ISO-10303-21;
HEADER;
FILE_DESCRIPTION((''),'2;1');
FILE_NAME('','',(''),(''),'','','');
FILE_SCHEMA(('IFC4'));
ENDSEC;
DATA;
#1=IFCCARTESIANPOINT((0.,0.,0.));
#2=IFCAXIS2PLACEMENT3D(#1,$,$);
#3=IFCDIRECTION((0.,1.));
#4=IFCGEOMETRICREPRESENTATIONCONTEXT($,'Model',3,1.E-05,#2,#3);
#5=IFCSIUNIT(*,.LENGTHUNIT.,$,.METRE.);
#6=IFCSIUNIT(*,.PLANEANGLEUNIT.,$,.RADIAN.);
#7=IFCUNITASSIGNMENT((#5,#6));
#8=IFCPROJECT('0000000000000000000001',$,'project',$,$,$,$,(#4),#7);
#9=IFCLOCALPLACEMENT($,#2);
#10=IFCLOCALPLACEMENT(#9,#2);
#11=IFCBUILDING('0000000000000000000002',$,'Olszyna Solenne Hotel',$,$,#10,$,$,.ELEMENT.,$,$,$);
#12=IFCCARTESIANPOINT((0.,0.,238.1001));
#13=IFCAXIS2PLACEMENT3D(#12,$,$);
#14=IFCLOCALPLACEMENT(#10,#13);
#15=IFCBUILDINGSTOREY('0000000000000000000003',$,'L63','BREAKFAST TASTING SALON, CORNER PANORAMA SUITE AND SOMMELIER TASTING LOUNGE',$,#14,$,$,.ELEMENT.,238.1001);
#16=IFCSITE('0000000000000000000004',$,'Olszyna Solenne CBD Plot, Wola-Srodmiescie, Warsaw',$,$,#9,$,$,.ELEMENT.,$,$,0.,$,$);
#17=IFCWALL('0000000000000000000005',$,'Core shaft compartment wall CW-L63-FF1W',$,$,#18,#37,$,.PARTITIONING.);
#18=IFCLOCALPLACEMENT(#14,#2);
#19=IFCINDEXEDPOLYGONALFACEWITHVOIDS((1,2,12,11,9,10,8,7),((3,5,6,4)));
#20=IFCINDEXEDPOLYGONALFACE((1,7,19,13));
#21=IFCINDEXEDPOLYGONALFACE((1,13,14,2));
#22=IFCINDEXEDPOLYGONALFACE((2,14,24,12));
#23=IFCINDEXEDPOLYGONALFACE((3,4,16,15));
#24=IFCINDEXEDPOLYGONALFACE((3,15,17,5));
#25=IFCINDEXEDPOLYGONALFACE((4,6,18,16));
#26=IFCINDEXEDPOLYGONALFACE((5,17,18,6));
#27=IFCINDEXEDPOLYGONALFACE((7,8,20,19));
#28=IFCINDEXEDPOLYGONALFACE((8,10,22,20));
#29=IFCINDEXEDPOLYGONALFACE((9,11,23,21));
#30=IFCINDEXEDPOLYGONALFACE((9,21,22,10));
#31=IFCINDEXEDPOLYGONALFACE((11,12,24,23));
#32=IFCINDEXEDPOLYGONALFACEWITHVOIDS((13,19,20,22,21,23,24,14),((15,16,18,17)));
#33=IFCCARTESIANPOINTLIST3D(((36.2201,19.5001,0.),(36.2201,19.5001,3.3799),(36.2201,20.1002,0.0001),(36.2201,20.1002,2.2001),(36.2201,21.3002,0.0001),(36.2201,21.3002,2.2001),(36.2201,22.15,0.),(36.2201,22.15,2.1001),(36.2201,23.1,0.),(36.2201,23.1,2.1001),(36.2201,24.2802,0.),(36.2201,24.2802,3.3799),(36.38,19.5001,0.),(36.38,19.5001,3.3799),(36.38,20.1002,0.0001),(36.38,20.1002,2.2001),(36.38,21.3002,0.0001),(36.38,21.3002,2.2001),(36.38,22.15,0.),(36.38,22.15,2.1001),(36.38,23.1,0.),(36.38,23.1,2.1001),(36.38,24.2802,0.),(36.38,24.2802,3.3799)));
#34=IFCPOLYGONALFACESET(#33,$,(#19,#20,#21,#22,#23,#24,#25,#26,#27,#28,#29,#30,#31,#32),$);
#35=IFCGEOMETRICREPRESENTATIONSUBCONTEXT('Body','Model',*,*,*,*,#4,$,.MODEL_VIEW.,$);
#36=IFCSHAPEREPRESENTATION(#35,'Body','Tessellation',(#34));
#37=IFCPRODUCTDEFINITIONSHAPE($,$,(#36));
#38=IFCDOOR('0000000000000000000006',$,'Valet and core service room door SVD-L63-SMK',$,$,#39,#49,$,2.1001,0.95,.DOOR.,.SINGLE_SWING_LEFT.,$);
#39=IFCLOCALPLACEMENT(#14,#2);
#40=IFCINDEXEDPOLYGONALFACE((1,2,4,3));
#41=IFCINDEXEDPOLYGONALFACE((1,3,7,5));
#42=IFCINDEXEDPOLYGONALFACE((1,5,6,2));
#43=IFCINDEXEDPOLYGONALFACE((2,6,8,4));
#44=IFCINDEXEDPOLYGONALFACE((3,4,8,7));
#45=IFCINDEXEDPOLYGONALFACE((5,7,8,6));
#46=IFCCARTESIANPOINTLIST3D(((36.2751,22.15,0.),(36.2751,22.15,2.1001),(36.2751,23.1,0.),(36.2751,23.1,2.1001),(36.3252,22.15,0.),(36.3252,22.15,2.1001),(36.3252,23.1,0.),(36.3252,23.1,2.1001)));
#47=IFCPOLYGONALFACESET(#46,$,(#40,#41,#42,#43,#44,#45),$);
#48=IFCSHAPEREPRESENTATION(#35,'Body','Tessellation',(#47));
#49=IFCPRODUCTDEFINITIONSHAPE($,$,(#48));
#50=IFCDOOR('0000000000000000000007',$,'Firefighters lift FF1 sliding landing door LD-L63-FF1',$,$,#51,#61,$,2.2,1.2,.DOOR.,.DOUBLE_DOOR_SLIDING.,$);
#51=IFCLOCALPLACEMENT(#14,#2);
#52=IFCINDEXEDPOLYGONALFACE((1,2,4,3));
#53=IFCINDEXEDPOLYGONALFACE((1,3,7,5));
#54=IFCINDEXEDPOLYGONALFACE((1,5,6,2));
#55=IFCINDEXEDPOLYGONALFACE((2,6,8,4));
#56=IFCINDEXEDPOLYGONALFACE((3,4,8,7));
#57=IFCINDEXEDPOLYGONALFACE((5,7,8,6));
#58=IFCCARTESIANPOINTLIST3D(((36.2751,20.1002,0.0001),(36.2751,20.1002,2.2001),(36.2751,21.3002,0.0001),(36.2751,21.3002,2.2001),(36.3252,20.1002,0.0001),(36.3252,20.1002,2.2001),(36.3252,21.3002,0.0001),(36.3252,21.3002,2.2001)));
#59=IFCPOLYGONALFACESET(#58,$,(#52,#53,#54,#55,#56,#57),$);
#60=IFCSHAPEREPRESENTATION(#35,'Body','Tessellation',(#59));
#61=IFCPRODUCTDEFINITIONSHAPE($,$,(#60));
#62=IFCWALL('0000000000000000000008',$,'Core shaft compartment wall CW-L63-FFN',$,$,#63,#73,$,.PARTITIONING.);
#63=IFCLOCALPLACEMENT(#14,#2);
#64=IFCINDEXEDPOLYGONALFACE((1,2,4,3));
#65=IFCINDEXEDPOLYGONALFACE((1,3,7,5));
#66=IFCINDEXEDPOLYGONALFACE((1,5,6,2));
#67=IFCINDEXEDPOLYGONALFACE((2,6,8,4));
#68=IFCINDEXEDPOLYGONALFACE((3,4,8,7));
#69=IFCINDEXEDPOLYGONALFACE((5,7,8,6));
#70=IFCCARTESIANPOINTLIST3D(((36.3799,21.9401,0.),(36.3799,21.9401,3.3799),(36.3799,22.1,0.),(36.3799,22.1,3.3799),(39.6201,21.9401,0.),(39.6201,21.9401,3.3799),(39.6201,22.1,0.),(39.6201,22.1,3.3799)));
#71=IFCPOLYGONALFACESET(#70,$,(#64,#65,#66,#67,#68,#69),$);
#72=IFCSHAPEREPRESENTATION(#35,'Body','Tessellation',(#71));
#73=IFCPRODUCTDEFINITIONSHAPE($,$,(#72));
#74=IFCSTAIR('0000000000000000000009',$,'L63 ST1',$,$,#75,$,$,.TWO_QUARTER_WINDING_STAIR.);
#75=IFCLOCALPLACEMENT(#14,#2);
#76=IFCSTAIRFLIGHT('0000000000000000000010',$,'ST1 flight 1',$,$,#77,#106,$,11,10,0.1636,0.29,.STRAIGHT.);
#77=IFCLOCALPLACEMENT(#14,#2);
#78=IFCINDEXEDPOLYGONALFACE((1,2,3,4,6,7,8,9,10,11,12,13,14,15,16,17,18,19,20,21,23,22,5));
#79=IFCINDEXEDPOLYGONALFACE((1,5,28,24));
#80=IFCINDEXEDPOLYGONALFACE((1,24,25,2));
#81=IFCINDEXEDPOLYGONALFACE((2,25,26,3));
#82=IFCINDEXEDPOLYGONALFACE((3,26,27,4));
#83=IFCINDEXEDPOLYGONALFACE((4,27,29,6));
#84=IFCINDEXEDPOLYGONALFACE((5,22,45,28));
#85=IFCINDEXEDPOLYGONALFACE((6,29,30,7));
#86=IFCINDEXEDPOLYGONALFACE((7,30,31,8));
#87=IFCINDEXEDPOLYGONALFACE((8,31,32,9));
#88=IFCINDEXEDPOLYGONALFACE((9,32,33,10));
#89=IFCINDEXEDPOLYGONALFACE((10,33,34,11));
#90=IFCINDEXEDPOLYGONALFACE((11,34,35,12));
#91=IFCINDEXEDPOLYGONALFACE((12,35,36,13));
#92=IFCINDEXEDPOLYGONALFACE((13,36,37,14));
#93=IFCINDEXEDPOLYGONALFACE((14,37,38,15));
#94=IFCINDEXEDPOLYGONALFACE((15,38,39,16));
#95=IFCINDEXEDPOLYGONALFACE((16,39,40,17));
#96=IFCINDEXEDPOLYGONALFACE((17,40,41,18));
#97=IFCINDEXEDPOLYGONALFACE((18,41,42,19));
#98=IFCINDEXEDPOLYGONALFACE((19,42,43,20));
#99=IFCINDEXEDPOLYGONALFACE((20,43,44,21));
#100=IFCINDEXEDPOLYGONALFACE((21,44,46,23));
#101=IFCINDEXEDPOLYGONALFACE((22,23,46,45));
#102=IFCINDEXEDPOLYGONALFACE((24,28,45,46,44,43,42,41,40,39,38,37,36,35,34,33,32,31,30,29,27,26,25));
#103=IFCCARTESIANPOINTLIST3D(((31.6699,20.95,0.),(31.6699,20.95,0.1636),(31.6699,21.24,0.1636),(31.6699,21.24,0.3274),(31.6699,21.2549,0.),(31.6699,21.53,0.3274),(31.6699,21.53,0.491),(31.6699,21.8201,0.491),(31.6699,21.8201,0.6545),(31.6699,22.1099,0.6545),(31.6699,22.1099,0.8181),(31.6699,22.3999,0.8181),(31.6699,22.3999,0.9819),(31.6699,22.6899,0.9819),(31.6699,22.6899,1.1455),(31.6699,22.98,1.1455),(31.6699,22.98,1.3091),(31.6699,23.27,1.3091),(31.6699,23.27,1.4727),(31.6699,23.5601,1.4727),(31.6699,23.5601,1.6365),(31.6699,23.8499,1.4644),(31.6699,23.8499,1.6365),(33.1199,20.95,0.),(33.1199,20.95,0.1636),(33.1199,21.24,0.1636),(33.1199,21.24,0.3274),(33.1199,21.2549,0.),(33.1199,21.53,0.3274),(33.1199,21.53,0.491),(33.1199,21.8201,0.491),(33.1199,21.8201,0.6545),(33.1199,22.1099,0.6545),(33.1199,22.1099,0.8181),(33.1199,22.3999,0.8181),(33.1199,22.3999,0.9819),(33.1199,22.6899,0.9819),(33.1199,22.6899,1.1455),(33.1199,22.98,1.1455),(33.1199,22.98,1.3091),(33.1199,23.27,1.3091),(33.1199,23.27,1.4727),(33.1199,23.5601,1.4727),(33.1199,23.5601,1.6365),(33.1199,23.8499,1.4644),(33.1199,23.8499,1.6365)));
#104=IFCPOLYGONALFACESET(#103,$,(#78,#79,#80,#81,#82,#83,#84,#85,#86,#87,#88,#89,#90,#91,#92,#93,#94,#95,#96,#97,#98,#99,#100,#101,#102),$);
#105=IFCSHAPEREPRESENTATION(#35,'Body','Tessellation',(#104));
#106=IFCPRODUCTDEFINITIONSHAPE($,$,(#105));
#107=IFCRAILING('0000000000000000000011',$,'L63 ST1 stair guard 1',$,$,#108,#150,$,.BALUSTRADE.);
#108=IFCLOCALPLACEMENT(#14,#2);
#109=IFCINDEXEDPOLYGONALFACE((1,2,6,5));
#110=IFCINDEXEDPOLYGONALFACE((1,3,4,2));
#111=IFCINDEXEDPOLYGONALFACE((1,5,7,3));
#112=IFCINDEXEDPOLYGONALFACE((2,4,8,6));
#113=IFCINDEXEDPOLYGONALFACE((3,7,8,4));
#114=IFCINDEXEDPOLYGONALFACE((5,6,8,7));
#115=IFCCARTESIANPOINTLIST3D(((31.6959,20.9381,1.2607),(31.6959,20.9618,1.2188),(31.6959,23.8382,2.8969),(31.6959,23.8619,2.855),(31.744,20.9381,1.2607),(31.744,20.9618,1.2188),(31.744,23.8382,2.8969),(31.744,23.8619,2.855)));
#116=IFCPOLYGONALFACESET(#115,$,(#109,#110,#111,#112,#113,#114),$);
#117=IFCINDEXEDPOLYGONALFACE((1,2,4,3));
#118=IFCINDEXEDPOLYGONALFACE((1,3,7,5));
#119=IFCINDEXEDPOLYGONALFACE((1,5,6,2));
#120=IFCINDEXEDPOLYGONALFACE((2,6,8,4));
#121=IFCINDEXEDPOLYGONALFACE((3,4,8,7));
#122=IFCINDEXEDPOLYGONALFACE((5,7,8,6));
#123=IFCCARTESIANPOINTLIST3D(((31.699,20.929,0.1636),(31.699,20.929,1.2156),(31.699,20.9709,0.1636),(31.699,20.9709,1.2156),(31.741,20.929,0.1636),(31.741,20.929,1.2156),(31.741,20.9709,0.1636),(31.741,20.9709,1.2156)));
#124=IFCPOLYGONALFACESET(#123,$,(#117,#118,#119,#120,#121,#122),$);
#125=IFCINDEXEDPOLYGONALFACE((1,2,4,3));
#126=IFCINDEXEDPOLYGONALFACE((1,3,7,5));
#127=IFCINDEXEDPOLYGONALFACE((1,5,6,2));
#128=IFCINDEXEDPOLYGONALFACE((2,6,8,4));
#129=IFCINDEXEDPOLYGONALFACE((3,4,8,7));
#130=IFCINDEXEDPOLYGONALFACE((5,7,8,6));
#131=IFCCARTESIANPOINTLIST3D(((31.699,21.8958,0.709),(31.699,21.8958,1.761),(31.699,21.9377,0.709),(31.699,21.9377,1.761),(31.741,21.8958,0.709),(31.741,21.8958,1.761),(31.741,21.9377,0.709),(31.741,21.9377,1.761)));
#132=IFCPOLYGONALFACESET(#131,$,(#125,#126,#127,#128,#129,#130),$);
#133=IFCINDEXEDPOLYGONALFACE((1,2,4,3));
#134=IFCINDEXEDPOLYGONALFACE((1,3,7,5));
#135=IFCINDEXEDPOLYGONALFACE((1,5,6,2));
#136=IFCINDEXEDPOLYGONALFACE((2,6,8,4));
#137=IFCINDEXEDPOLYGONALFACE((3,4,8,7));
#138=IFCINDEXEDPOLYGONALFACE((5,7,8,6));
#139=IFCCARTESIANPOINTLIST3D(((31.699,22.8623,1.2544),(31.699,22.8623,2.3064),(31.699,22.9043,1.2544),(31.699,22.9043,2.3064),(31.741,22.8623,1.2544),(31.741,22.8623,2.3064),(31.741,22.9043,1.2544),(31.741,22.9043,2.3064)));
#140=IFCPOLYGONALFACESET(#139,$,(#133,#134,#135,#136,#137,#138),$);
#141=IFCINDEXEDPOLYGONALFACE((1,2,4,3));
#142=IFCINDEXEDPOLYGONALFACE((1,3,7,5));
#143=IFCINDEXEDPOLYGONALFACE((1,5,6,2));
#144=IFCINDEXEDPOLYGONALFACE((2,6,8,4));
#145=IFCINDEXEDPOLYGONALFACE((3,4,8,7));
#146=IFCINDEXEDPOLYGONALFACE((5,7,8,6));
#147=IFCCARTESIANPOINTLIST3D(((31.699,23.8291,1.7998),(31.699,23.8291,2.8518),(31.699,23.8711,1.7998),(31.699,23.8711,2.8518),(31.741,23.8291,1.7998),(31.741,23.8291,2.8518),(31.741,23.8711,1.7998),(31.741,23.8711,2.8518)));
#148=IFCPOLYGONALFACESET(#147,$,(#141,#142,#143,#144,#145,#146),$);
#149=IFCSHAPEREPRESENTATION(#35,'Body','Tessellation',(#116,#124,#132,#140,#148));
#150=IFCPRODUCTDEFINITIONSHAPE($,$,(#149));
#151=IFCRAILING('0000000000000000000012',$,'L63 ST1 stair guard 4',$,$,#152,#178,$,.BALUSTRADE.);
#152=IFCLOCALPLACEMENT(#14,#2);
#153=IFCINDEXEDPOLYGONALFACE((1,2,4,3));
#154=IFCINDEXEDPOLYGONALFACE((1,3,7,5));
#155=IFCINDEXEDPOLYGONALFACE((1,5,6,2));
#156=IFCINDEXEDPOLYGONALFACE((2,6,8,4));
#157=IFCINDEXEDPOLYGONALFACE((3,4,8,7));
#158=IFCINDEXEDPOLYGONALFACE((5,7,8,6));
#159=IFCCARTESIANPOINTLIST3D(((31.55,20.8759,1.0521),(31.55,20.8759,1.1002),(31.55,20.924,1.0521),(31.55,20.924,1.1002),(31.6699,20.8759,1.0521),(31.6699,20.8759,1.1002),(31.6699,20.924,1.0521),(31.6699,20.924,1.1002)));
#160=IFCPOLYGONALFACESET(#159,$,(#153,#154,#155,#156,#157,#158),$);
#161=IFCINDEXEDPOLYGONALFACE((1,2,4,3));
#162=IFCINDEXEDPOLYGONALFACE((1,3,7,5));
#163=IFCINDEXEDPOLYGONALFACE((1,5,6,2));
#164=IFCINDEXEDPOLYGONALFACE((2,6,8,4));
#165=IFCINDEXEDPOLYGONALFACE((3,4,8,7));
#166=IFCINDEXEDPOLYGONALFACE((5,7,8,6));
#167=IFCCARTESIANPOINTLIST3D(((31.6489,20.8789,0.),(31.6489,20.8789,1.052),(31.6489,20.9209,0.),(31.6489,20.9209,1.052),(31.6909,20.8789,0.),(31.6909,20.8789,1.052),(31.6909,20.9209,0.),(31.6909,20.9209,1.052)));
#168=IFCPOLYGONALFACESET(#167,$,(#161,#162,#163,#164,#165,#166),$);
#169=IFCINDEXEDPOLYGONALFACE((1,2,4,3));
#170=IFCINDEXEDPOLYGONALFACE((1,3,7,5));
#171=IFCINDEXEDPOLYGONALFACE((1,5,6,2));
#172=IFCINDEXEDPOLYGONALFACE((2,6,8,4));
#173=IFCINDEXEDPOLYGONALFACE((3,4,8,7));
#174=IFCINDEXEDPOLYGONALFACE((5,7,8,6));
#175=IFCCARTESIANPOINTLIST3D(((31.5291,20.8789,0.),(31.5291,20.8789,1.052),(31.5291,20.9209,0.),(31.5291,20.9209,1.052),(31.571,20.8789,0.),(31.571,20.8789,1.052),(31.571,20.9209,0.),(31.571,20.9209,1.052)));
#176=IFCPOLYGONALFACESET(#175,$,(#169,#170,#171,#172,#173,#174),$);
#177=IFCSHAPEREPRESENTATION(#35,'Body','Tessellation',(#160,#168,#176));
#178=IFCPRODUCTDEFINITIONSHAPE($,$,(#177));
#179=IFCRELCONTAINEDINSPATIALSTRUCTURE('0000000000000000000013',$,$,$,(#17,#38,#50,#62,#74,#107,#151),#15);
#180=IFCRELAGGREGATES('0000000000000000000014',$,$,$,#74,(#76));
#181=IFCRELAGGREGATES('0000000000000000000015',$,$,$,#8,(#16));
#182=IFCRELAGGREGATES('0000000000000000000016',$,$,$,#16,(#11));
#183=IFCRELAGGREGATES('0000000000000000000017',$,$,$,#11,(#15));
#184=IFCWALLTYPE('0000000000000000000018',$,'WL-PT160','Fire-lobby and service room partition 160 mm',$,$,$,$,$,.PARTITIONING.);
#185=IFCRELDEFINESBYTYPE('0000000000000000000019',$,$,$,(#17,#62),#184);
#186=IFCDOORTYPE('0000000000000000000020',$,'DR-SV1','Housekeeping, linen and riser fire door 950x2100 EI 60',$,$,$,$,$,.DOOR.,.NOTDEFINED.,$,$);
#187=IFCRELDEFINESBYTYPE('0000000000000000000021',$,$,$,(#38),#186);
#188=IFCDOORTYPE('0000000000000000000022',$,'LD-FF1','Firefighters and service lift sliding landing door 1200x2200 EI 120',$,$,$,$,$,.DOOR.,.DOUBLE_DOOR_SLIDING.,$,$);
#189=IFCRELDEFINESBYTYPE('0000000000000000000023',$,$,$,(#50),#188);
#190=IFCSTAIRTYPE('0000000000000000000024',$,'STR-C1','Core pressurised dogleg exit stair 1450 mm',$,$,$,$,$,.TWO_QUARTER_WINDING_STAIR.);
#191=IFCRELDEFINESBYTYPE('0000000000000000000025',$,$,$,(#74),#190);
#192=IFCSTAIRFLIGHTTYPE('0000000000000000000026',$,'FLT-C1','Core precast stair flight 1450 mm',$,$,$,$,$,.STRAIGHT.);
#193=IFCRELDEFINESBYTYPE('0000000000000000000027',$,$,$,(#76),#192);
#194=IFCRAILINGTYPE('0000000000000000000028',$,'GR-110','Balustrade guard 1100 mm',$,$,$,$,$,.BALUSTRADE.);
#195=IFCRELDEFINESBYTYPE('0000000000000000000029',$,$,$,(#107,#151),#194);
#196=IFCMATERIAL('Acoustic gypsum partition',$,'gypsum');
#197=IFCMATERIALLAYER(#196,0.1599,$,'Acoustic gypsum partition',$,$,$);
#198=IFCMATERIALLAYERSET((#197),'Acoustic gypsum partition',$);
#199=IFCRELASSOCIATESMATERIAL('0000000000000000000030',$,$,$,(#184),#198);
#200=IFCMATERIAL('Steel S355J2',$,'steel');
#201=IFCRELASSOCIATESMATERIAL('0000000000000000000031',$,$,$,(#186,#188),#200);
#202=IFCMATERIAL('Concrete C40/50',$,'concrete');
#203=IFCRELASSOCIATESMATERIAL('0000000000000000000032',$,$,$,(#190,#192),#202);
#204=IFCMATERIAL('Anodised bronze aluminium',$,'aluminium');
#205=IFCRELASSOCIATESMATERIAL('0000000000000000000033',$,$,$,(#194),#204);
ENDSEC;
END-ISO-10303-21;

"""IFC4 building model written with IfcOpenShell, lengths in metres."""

from ifc_helpers import new_model, si_unit, direction, frame, frame_2d, origin, origin_2d, place, context, subcontext, project, spatial, polyline, rectangle, outline, extrude, source, transform, mapped, material, layer, layer_set, type_object, type_shapes, element, fill, aggregate, save


model = new_model("IFC4")

# Units and contexts
model_context = context("Model", 3, precision=1e-05, world=origin(), true_north=direction((0.0, 1.0)))
body_context = subcontext(model_context, "Body", "Model", "MODEL_VIEW")
ifc_project = project(units=[si_unit("LENGTHUNIT", "METRE"), si_unit("PLANEANGLEUNIT", "RADIAN")], contexts=[model_context])

# Site, building, storey
site_placement = place(None, origin())
site = spatial("IfcSite", under=ifc_project, at=site_placement, Name="Olszyna Solenne CBD Plot, Wola-Srodmiescie, Warsaw", CompositionType="ELEMENT", RefElevation=0.0)
building_placement = place(site_placement, origin())
building = spatial("IfcBuilding", under=site, at=building_placement, Name="Olszyna Solenne Hotel", CompositionType="ELEMENT")
storey_placement = place(building_placement, frame((0.0, 0.0, 238.1001)))
storey = spatial("IfcBuildingStorey", under=building, at=storey_placement, Name="L63", Description="BREAKFAST TASTING SALON, CORNER PANORAMA SUITE AND SOMMELIER TASTING LOUNGE", CompositionType="ELEMENT", Elevation=238.1001)

# Shared definitions
ifc_material_1 = material(Name="Steel S355J2", Category="steel")

# Shared definitions
ifc_material_2 = material(Name="Anodised bronze aluminium", Category="aluminium")

# Shared definitions
ifc_material_3 = material(Name="Acoustic gypsum partition", Category="gypsum")
ifc_layer_1 = layer(ifc_material_3, 0.1599, Name="Acoustic gypsum partition")
ifc_layer_set_1 = layer_set([ifc_layer_1], Name="Acoustic gypsum partition")
wall_type_1 = type_object("IfcWallType", Name="WL-PT160", Description="Fire-lobby and service room partition 160 mm", PredefinedType="PARTITIONING", material=ifc_layer_set_1)

# Wall, openings, doors
wall_1_placement = place(storey_placement, frame((36.3, 19.5, 0.0), z_axis=(0.0, 0.0, 1.0), x_axis=(0.0, 1.0, 0.0)))
wall_1 = element("IfcWall", 1, at=wall_1_placement, inside=storey, type_object=wall_type_1, Name="Core shaft compartment wall CW-L63-FF1W", PredefinedType="PARTITIONING", context=body_context, shape_type="SweptSolid", body=[
    extrude(rectangle(XDim=4.78, YDim=0.1599, at=frame_2d((2.3901, 0.0))), origin(), (0.0, 0.0, 1.0), 3.3799),
])
opening_1_placement = place(wall_1_placement, frame((0.6001, 0.0, 0.0)))
opening_1 = element("IfcOpeningElement", 2, at=opening_1_placement, cuts=wall_1, PredefinedType="OPENING", context=body_context, shape_type="SweptSolid", body=[
    extrude(rectangle(XDim=1.2, YDim=2.2, at=frame_2d((0.6001, 1.1001))), frame((0.0, 0.0898, 0.0), z_axis=(0.0, -1.0, 0.0), x_axis=(1.0, 0.0, 0.0)), (0.0, 0.0, 1.0), 0.1799),
])
opening_2_placement = place(wall_1_placement, frame((2.6499, 0.0, 0.0)))
opening_2 = element("IfcOpeningElement", 3, at=opening_2_placement, cuts=wall_1, PredefinedType="OPENING", context=body_context, shape_type="SweptSolid", body=[
    extrude(rectangle(XDim=0.95, YDim=2.1001, at=frame_2d((0.4751, 1.05))), frame((0.0, 0.0898, 0.0), z_axis=(0.0, -1.0, 0.0), x_axis=(1.0, 0.0, 0.0)), (0.0, 0.0, 1.0), 0.1799),
])
door_type_1 = type_object("IfcDoorType", Name="DR-SV1", Description="Housekeeping, linen and riser fire door 950x2100 EI 60", OperationType="NOTDEFINED", PredefinedType="DOOR", material=ifc_material_1)
shared_shape_1 = source(origin(), body_context, "Body", "SweptSolid", [
    extrude(rectangle(XDim=0.95, YDim=2.1001, at=frame_2d((0.4751, 1.05))), frame((0.0, 0.0249, 0.0), z_axis=(0.0, -1.0, 0.0), x_axis=(1.0, 0.0, 0.0)), (0.0, 0.0, 1.0), 0.05),
])
type_shapes(door_type_1, [shared_shape_1])
door_1_placement = place(opening_2_placement, origin())
door_1 = element("IfcDoor", 4, at=door_1_placement, inside=storey, type_object=door_type_1, Name="Valet and core service room door SVD-L63-SMK", OperationType="SINGLE_SWING_LEFT", OverallHeight=2.1001, OverallWidth=0.95, PredefinedType="DOOR", context=body_context, shape_type="MappedRepresentation", body=[
    mapped(shared_shape_1, transform((0.0, 0.0, 0.0), x_axis=(1.0, 0.0, 0.0), y_axis=(0.0, 1.0, 0.0), z_axis=(0.0, 0.0, 1.0), scale=1.0)),
])
fill(opening_2, door_1)
door_type_2 = type_object("IfcDoorType", Name="LD-FF1", Description="Firefighters and service lift sliding landing door 1200x2200 EI 120", OperationType="DOUBLE_DOOR_SLIDING", PredefinedType="DOOR", material=ifc_material_1)
shared_shape_2 = source(origin(), body_context, "Body", "SweptSolid", [
    extrude(rectangle(XDim=1.2, YDim=2.2, at=frame_2d((0.6001, 1.1001))), frame((0.0, 0.0249, 0.0), z_axis=(0.0, -1.0, 0.0), x_axis=(1.0, 0.0, 0.0)), (0.0, 0.0, 1.0), 0.05),
])
type_shapes(door_type_2, [shared_shape_2])
door_2_placement = place(opening_1_placement, origin())
door_2 = element("IfcDoor", 5, at=door_2_placement, inside=storey, type_object=door_type_2, Name="Firefighters lift FF1 sliding landing door LD-L63-FF1", OperationType="DOUBLE_DOOR_SLIDING", OverallHeight=2.2, OverallWidth=1.2, PredefinedType="DOOR", context=body_context, shape_type="MappedRepresentation", body=[
    mapped(shared_shape_2, transform((0.0, 0.0, 0.0), x_axis=(1.0, 0.0, 0.0), y_axis=(0.0, 1.0, 0.0), z_axis=(0.0, 0.0, 1.0), scale=1.0)),
])
fill(opening_1, door_2)

# Wall
wall_2_placement = place(storey_placement, frame((36.3799, 22.02, 0.0), z_axis=(0.0, 0.0, 1.0), x_axis=(1.0, 0.0, 0.0)))
element("IfcWall", 6, at=wall_2_placement, inside=storey, type_object=wall_type_1, Name="Core shaft compartment wall CW-L63-FFN", PredefinedType="PARTITIONING", context=body_context, shape_type="SweptSolid", body=[
    extrude(rectangle(XDim=3.2402, YDim=0.1599, at=frame_2d((1.6201, 0.0))), origin(), (0.0, 0.0, 1.0), 3.3799),
])

# Stair, stair flight
ifc_material_4 = material(Name="Concrete C40/50", Category="concrete")
stair_type = type_object("IfcStairType", Name="STR-C1", Description="Core pressurised dogleg exit stair 1450 mm", PredefinedType="TWO_QUARTER_WINDING_STAIR", material=ifc_material_4)
stair_placement = place(storey_placement, origin())
stair = element("IfcStair", 7, at=stair_placement, inside=storey, type_object=stair_type, Name="L63 ST1", PredefinedType="TWO_QUARTER_WINDING_STAIR")
stair_flight_type = type_object("IfcStairFlightType", Name="FLT-C1", Description="Core precast stair flight 1450 mm", PredefinedType="STRAIGHT", material=ifc_material_4)
stair_flight_placement = place(storey_placement, frame((32.395, 20.95, 0.0), z_axis=(0.0, 0.0, 1.0), x_axis=(0.0, 1.0, 0.0)))
stair_flight = element("IfcStairFlight", 8, at=stair_flight_placement, type_object=stair_flight_type, Name="ST1 flight 1", NumberOfRisers=11, NumberOfTreads=10, PredefinedType="STRAIGHT", RiserHeight=0.1636, TreadLength=0.29, context=body_context, shape_type="SweptSolid", body=[
    extrude(outline(polyline([(0.0, 0.0), (0.0, 0.1636), (0.29, 0.1636), (0.29, 0.3274), (0.5801, 0.3274), (0.5801, 0.491), (0.8701, 0.491), (0.8701, 0.6545), (1.1599, 0.6545), (1.1599, 0.8181), (1.45, 0.8181), (1.45, 0.9819), (1.74, 0.9819), (1.74, 1.1455), (2.03, 1.1455), (2.03, 1.3091), (2.3201, 1.3091), (2.3201, 1.4727), (2.6101, 1.4727), (2.6101, 1.6365), (2.8999, 1.6365), (2.8999, 1.8), (2.8999, 1.4644), (0.3049, 0.0), (0.0, 0.0)])), frame((0.0, 0.7251, 0.0), z_axis=(0.0, -1.0, 0.0), x_axis=(1.0, 0.0, 0.0)), (0.0, 0.0, 1.0), 1.45),
])
aggregate(stair, [stair_flight])

# Railings
railing_type_1 = type_object("IfcRailingType", Name="GR-110", Description="Balustrade guard 1100 mm", PredefinedType="BALUSTRADE", material=ifc_material_2)
railing_1_placement = place(storey_placement, frame((31.72, 20.95, 0.1636)))
element("IfcRailing", 9, at=railing_1_placement, inside=storey, type_object=railing_type_1, Name="L63 ST1 stair guard 1", PredefinedType="BALUSTRADE", context=body_context, shape_type="SweptSolid", body=[
    extrude(rectangle(XDim=0.0481, YDim=0.0481, at=origin_2d()), frame((0.0, 0.0, 1.0762), z_axis=(0.0, 0.870946, 0.491378), x_axis=(-1.0, 0.0, 0.0)), (0.0, 0.0, 1.0), 3.3298),
    extrude(rectangle(XDim=0.042, YDim=0.042, at=origin_2d()), origin(), (0.0, 0.0, 1.0), 1.052),
    extrude(rectangle(XDim=0.042, YDim=0.042, at=origin_2d()), frame((0.0, 0.9668, 0.5454)), (0.0, 0.0, 1.0), 1.052),
    extrude(rectangle(XDim=0.042, YDim=0.042, at=origin_2d()), frame((0.0, 1.9333, 1.0908)), (0.0, 0.0, 1.0), 1.052),
    extrude(rectangle(XDim=0.042, YDim=0.042, at=origin_2d()), frame((0.0, 2.9001, 1.6362)), (0.0, 0.0, 1.0), 1.052),
])
railing_2_placement = place(storey_placement, frame((31.6699, 20.8999, 0.0)))
element("IfcRailing", 10, at=railing_2_placement, inside=storey, type_object=railing_type_1, Name="L63 ST1 stair guard 4", PredefinedType="BALUSTRADE", context=body_context, shape_type="SweptSolid", body=[
    extrude(rectangle(XDim=0.0481, YDim=0.0481, at=origin_2d()), frame((0.0, 0.0, 1.0762), z_axis=(-1.0, 0.0, 0.0), x_axis=(0.0, -1.0, 0.0)), (0.0, 0.0, 1.0), 0.1199),
    extrude(rectangle(XDim=0.042, YDim=0.042, at=origin_2d()), origin(), (0.0, 0.0, 1.0), 1.052),
    extrude(rectangle(XDim=0.042, YDim=0.042, at=origin_2d()), frame((-0.1199, 0.0, 0.0)), (0.0, 0.0, 1.0), 1.052),
])

save(model, "model.ifc")
